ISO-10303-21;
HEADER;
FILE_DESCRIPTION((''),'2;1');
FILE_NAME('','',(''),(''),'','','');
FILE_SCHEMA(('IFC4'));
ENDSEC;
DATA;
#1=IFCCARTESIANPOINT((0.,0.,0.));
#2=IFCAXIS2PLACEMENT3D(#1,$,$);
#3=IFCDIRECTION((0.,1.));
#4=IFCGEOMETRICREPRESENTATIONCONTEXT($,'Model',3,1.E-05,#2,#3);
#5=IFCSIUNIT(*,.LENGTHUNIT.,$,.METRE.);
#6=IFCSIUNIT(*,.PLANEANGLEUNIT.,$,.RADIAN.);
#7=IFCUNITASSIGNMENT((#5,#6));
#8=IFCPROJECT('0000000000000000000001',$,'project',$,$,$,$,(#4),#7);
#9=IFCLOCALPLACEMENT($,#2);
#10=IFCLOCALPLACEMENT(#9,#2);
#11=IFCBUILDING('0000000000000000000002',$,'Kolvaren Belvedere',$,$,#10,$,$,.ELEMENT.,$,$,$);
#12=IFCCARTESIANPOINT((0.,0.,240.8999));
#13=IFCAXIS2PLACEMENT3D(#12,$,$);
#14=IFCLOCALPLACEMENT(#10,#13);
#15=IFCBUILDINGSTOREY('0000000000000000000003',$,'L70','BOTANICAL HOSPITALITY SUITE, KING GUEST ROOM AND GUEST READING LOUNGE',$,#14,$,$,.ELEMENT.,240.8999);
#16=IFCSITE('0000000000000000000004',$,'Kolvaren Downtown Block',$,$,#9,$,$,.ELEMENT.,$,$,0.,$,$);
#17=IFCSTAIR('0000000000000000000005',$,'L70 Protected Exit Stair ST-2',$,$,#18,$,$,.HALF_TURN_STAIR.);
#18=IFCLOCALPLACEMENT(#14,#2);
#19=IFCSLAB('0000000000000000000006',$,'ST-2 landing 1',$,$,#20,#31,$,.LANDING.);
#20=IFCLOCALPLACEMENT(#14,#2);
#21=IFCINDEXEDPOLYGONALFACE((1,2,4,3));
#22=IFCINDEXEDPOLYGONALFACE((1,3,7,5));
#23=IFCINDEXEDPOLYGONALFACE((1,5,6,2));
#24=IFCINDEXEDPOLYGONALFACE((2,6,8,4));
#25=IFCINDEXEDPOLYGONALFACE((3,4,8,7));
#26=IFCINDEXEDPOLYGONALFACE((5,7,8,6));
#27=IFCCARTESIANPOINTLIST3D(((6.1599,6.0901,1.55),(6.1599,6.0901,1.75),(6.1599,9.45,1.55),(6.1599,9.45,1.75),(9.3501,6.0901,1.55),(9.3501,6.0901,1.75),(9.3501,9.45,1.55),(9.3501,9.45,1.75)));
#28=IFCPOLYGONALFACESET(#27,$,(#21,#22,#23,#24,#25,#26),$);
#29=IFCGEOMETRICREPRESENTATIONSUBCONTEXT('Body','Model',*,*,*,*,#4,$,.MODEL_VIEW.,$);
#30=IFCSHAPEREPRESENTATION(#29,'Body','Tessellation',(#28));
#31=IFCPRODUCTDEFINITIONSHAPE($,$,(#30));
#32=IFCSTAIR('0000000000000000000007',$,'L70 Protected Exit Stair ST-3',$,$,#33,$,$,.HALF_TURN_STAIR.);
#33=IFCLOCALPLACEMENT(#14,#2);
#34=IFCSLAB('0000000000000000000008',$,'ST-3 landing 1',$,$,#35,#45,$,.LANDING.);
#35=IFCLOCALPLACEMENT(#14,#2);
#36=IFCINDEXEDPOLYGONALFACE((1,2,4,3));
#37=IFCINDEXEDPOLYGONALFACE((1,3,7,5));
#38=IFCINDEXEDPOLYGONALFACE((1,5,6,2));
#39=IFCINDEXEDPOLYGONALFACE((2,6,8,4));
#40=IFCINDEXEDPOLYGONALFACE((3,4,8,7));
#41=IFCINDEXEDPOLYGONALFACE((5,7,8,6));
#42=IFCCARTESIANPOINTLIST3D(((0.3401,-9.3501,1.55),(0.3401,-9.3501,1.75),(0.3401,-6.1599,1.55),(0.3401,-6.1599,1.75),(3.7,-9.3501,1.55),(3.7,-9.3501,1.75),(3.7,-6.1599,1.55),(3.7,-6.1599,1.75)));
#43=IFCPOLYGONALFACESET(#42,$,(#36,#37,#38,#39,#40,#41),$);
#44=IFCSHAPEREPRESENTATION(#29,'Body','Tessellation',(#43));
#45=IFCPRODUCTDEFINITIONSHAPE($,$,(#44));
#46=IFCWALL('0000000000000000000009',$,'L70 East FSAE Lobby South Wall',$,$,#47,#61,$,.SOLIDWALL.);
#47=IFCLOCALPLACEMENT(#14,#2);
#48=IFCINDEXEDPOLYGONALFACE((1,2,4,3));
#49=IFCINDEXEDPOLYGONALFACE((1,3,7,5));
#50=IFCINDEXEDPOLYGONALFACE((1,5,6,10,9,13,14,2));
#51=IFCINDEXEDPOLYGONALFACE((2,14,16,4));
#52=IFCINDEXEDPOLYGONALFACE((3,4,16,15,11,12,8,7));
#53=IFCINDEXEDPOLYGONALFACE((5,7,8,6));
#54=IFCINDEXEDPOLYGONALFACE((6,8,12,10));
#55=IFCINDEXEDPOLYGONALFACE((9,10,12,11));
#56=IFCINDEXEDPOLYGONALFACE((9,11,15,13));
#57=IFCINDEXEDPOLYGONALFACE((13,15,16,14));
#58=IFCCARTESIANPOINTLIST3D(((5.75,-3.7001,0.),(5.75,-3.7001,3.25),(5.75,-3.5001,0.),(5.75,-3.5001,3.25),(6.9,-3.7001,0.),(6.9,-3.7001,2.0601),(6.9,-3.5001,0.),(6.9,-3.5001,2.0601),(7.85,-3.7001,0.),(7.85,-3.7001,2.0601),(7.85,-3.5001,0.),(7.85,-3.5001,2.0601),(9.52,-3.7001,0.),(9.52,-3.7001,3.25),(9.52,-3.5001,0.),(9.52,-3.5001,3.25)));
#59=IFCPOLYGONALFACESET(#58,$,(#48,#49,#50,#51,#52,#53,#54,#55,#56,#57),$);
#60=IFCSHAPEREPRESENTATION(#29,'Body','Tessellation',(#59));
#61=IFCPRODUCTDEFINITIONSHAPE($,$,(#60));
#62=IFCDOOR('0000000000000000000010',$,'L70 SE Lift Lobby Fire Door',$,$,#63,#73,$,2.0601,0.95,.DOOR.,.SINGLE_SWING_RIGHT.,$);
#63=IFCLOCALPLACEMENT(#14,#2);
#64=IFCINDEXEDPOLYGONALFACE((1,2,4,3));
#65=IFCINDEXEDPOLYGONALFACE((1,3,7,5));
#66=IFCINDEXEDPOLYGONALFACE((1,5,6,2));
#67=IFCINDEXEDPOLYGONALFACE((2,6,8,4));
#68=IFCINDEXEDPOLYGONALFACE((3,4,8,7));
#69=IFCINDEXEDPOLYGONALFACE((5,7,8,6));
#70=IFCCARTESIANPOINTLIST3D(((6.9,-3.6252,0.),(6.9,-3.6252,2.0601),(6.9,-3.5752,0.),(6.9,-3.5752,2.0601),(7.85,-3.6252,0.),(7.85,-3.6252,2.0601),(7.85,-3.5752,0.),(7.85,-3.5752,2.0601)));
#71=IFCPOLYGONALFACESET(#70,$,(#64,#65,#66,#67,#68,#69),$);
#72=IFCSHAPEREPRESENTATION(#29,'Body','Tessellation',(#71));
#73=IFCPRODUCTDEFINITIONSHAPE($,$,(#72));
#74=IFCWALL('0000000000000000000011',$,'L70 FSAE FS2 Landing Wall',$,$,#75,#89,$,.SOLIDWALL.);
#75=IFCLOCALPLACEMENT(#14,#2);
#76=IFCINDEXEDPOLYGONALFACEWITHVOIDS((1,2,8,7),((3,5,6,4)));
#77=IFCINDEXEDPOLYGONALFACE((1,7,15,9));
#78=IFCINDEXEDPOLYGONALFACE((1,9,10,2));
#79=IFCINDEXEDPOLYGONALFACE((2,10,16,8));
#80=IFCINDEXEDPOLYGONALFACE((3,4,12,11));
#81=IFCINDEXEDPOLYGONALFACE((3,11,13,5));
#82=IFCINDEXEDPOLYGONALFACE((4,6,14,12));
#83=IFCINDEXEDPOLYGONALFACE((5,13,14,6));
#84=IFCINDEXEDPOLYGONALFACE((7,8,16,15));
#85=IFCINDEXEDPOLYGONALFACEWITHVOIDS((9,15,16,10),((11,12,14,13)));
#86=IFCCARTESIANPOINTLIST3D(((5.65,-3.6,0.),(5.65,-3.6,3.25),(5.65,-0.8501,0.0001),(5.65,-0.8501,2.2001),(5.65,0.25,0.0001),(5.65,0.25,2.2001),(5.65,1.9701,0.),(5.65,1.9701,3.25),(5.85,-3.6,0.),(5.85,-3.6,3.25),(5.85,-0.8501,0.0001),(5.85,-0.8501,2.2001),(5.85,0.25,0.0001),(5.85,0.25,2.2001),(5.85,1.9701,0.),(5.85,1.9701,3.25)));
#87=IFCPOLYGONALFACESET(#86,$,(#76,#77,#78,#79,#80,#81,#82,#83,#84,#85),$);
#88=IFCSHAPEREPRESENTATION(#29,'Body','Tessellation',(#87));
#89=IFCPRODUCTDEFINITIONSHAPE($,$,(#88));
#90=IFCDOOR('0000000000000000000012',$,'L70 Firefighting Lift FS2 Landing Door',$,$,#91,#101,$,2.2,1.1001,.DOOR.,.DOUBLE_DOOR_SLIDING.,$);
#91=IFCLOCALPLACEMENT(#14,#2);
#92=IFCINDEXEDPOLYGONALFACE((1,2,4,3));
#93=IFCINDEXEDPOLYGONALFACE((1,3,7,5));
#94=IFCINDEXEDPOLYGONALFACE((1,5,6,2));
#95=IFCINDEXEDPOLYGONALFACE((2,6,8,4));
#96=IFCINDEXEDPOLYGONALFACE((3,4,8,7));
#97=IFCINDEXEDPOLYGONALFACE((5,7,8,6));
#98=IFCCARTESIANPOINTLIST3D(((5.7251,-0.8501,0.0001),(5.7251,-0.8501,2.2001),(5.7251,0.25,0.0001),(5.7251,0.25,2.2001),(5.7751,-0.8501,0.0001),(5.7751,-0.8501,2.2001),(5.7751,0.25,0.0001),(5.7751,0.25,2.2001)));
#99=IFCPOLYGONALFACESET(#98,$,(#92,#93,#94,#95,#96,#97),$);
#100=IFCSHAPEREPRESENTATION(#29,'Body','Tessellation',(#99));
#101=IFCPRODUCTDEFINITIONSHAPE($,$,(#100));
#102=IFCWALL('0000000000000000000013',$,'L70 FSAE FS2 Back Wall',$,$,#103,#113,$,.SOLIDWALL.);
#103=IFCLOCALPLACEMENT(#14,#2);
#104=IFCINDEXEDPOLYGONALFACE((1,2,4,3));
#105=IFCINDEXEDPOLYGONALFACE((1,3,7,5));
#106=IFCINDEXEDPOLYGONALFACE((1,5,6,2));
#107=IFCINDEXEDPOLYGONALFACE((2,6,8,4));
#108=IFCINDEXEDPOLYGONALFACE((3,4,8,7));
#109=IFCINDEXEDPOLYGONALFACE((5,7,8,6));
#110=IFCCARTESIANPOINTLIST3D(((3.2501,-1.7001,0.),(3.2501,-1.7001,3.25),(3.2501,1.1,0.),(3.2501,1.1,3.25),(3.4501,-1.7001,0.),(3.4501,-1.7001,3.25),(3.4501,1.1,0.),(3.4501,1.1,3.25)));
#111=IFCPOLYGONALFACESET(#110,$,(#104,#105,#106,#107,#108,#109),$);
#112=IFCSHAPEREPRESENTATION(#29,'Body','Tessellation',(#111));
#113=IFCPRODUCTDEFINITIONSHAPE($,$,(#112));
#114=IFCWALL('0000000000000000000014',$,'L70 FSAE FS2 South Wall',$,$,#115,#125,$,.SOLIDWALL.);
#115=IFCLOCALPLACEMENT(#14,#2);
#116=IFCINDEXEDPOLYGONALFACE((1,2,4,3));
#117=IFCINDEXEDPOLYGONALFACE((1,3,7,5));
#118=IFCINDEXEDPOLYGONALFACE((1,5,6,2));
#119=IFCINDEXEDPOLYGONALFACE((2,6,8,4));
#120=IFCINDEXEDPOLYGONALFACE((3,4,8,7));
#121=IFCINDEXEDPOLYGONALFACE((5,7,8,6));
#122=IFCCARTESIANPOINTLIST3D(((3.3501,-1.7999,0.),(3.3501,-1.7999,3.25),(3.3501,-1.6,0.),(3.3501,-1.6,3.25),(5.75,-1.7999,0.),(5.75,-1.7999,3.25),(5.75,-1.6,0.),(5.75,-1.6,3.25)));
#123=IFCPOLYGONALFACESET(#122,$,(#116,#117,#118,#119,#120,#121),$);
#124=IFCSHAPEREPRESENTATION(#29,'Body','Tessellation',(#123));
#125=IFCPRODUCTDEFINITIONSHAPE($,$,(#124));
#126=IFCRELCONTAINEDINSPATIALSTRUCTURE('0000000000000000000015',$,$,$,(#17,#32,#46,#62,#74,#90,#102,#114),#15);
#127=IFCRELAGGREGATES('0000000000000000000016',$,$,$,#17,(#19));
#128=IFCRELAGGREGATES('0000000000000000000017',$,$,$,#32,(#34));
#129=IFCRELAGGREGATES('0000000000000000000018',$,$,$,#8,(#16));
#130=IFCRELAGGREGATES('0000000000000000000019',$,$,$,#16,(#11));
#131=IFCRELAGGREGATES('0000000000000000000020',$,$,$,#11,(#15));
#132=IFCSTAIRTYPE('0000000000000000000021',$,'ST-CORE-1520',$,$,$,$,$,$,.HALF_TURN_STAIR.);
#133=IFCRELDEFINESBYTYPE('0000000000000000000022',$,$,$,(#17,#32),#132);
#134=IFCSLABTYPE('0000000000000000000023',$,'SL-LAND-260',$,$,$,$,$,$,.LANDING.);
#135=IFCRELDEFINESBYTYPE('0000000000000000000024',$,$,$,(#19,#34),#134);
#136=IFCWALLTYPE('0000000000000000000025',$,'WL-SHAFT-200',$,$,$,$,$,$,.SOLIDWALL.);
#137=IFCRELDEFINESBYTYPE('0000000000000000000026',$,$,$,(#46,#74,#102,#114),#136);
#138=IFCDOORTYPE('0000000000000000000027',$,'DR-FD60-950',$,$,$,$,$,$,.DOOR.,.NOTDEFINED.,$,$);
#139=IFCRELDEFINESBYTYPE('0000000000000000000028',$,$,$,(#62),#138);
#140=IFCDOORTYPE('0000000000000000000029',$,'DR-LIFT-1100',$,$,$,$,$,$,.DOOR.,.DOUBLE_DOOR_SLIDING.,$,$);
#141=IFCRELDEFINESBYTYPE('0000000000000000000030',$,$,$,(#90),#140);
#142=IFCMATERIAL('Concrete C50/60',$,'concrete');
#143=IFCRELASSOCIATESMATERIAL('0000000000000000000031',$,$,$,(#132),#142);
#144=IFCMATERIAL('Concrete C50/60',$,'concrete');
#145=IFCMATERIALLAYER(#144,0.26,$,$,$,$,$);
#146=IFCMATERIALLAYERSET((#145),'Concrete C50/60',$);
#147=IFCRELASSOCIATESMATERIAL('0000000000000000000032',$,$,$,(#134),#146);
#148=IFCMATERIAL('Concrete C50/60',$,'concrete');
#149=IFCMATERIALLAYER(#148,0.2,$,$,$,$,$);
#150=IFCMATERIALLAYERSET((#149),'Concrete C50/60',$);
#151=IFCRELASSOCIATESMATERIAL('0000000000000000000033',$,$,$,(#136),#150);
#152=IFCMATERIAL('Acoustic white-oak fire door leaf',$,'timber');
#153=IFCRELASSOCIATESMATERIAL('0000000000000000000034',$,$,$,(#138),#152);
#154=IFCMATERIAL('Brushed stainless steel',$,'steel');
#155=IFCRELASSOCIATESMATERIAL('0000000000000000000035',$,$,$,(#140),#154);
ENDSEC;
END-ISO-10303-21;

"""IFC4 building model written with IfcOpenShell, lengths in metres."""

from ifc_helpers import new_model, si_unit, direction, frame, frame_2d, origin, place, context, subcontext, project, spatial, polyline, rectangle, outline, extrude, material, layer, layer_set, type_object, element, fill, aggregate, save


model = new_model("IFC4")

# Units and contexts
model_context = context("Model", 3, precision=1e-05, world=origin(), true_north=direction((0.0, 1.0)))
body_context = subcontext(model_context, "Body", "Model", "MODEL_VIEW")
ifc_project = project(units=[si_unit("LENGTHUNIT", "METRE"), si_unit("PLANEANGLEUNIT", "RADIAN")], contexts=[model_context])

# Site, building, storey
site_placement = place(None, origin())
site = spatial("IfcSite", under=ifc_project, at=site_placement, Name="Kolvaren Downtown Block", CompositionType="ELEMENT", RefElevation=0.0)
building_placement = place(site_placement, origin())
building = spatial("IfcBuilding", under=site, at=building_placement, Name="Kolvaren Belvedere", CompositionType="ELEMENT")
storey_placement = place(building_placement, frame((0.0, 0.0, 240.8999)))
storey = spatial("IfcBuildingStorey", under=building, at=storey_placement, Name="L70", Description="BOTANICAL HOSPITALITY SUITE, KING GUEST ROOM AND GUEST READING LOUNGE", CompositionType="ELEMENT", Elevation=240.8999)

# Stairs, slabs
ifc_material_1 = material(Name="Concrete C50/60", Category="concrete")
stair_type = type_object("IfcStairType", Name="ST-CORE-1520", PredefinedType="HALF_TURN_STAIR", material=ifc_material_1)
ifc_material_2 = material(Name="Concrete C50/60", Category="concrete")
ifc_layer_1 = layer(ifc_material_2, 0.26)
ifc_layer_set_1 = layer_set([ifc_layer_1], Name="Concrete C50/60")
slab_type_1 = type_object("IfcSlabType", Name="SL-LAND-260", PredefinedType="LANDING", material=ifc_layer_set_1)
stair_1_placement = place(storey_placement, origin())
stair_1 = element("IfcStair", 1, at=stair_1_placement, inside=storey, type_object=stair_type, Name="L70 Protected Exit Stair ST-2", PredefinedType="HALF_TURN_STAIR")
slab_1_placement = place(storey_placement, frame((0.0, 0.0, 1.55)))
slab_1 = element("IfcSlab", 2, at=slab_1_placement, type_object=slab_type_1, Name="ST-2 landing 1", PredefinedType="LANDING", context=body_context, shape_type="SweptSolid", body=[
    extrude(outline(polyline([(9.3501, 6.0901), (9.3501, 9.45), (6.1599, 9.45), (6.1599, 6.0901), (9.3501, 6.0901)])), origin(), (0.0, 0.0, 1.0), 0.2),
])
aggregate(stair_1, [slab_1])
stair_2_placement = place(storey_placement, origin())
stair_2 = element("IfcStair", 3, at=stair_2_placement, inside=storey, type_object=stair_type, Name="L70 Protected Exit Stair ST-3", PredefinedType="HALF_TURN_STAIR")
slab_2_placement = place(storey_placement, frame((0.0, 0.0, 1.55)))
slab_2 = element("IfcSlab", 4, at=slab_2_placement, type_object=slab_type_1, Name="ST-3 landing 1", PredefinedType="LANDING", context=body_context, shape_type="SweptSolid", body=[
    extrude(outline(polyline([(0.3401, -9.3501), (3.7, -9.3501), (3.7, -6.1599), (0.3401, -6.1599), (0.3401, -9.3501)])), origin(), (0.0, 0.0, 1.0), 0.2),
])
aggregate(stair_2, [slab_2])

# Walls, openings, doors
ifc_material_3 = material(Name="Concrete C50/60", Category="concrete")
ifc_layer_2 = layer(ifc_material_3, 0.2)
ifc_layer_set_2 = layer_set([ifc_layer_2], Name="Concrete C50/60")
wall_type = type_object("IfcWallType", Name="WL-SHAFT-200", PredefinedType="SOLIDWALL", material=ifc_layer_set_2)
wall_1_placement = place(storey_placement, frame((5.75, -3.6001, 0.0), z_axis=(0.0, 0.0, 1.0), x_axis=(1.0, 0.0, 0.0)))
wall_1 = element("IfcWall", 5, at=wall_1_placement, inside=storey, type_object=wall_type, Name="L70 East FSAE Lobby South Wall", PredefinedType="SOLIDWALL", context=body_context, shape_type="SweptSolid", body=[
    extrude(rectangle(XDim=3.77, YDim=0.2, at=frame_2d((1.885, 0.0))), origin(), (0.0, 0.0, 1.0), 3.25),
])
opening_1_placement = place(wall_1_placement, frame((1.1499, 0.0, 0.0)))
opening_1 = element("IfcOpeningElement", 6, at=opening_1_placement, cuts=wall_1, PredefinedType="OPENING", context=body_context, shape_type="SweptSolid", body=[
    extrude(rectangle(XDim=0.95, YDim=2.0601, at=frame_2d((0.4751, 1.03))), frame((0.0, 0.1099, 0.0), z_axis=(0.0, -1.0, 0.0), x_axis=(1.0, 0.0, 0.0)), (0.0, 0.0, 1.0), 0.22),
])
ifc_material_4 = material(Name="Acoustic white-oak fire door leaf", Category="timber")
door_type_1 = type_object("IfcDoorType", Name="DR-FD60-950", OperationType="NOTDEFINED", PredefinedType="DOOR", material=ifc_material_4)
door_1_placement = place(opening_1_placement, origin())
door_1 = element("IfcDoor", 7, at=door_1_placement, inside=storey, type_object=door_type_1, Name="L70 SE Lift Lobby Fire Door", OperationType="SINGLE_SWING_RIGHT", OverallHeight=2.0601, OverallWidth=0.95, PredefinedType="DOOR", context=body_context, shape_type="SweptSolid", body=[
    extrude(rectangle(XDim=0.95, YDim=2.0601, at=frame_2d((0.4751, 1.03))), frame((0.0, 0.0249, 0.0), z_axis=(0.0, -1.0, 0.0), x_axis=(1.0, 0.0, 0.0)), (0.0, 0.0, 1.0), 0.05),
])
fill(opening_1, door_1)
wall_2_placement = place(storey_placement, frame((5.75, -3.6001, 0.0), z_axis=(0.0, 0.0, 1.0), x_axis=(0.0, 1.0, 0.0)))
wall_2 = element("IfcWall", 8, at=wall_2_placement, inside=storey, type_object=wall_type, Name="L70 FSAE FS2 Landing Wall", PredefinedType="SOLIDWALL", context=body_context, shape_type="SweptSolid", body=[
    extrude(rectangle(XDim=5.5701, YDim=0.2, at=frame_2d((2.7852, 0.0))), origin(), (0.0, 0.0, 1.0), 3.25),
])
opening_2_placement = place(wall_2_placement, frame((2.75, 0.0, 0.0)))
opening_2 = element("IfcOpeningElement", 9, at=opening_2_placement, cuts=wall_2, PredefinedType="OPENING", context=body_context, shape_type="SweptSolid", body=[
    extrude(rectangle(XDim=1.1001, YDim=2.2, at=frame_2d((0.55, 1.1001))), frame((0.0, 0.1099, 0.0), z_axis=(0.0, -1.0, 0.0), x_axis=(1.0, 0.0, 0.0)), (0.0, 0.0, 1.0), 0.22),
])
ifc_material_5 = material(Name="Brushed stainless steel", Category="steel")
door_type_2 = type_object("IfcDoorType", Name="DR-LIFT-1100", OperationType="DOUBLE_DOOR_SLIDING", PredefinedType="DOOR", material=ifc_material_5)
door_2_placement = place(opening_2_placement, origin())
door_2 = element("IfcDoor", 10, at=door_2_placement, inside=storey, type_object=door_type_2, Name="L70 Firefighting Lift FS2 Landing Door", OperationType="DOUBLE_DOOR_SLIDING", OverallHeight=2.2, OverallWidth=1.1001, PredefinedType="DOOR", context=body_context, shape_type="SweptSolid", body=[
    extrude(rectangle(XDim=1.1001, YDim=2.2, at=frame_2d((0.55, 1.1001))), frame((0.0, 0.0249, 0.0), z_axis=(0.0, -1.0, 0.0), x_axis=(1.0, 0.0, 0.0)), (0.0, 0.0, 1.0), 0.05),
])
fill(opening_2, door_2)

# Walls
wall_3_placement = place(storey_placement, frame((3.3501, -1.7, 0.0), z_axis=(0.0, 0.0, 1.0), x_axis=(0.0, 1.0, 0.0)))
element("IfcWall", 11, at=wall_3_placement, inside=storey, type_object=wall_type, Name="L70 FSAE FS2 Back Wall", PredefinedType="SOLIDWALL", context=body_context, shape_type="SweptSolid", body=[
    extrude(rectangle(XDim=2.8, YDim=0.2, at=frame_2d((1.3999, 0.0))), origin(), (0.0, 0.0, 1.0), 3.25),
])
wall_4_placement = place(storey_placement, frame((3.3501, -1.7, 0.0), z_axis=(0.0, 0.0, 1.0), x_axis=(1.0, 0.0, 0.0)))
element("IfcWall", 12, at=wall_4_placement, inside=storey, type_object=wall_type, Name="L70 FSAE FS2 South Wall", PredefinedType="SOLIDWALL", context=body_context, shape_type="SweptSolid", body=[
    extrude(rectangle(XDim=2.3999, YDim=0.2, at=frame_2d((1.2, 0.0))), origin(), (0.0, 0.0, 1.0), 3.25),
])

save(model, "model.ifc")
